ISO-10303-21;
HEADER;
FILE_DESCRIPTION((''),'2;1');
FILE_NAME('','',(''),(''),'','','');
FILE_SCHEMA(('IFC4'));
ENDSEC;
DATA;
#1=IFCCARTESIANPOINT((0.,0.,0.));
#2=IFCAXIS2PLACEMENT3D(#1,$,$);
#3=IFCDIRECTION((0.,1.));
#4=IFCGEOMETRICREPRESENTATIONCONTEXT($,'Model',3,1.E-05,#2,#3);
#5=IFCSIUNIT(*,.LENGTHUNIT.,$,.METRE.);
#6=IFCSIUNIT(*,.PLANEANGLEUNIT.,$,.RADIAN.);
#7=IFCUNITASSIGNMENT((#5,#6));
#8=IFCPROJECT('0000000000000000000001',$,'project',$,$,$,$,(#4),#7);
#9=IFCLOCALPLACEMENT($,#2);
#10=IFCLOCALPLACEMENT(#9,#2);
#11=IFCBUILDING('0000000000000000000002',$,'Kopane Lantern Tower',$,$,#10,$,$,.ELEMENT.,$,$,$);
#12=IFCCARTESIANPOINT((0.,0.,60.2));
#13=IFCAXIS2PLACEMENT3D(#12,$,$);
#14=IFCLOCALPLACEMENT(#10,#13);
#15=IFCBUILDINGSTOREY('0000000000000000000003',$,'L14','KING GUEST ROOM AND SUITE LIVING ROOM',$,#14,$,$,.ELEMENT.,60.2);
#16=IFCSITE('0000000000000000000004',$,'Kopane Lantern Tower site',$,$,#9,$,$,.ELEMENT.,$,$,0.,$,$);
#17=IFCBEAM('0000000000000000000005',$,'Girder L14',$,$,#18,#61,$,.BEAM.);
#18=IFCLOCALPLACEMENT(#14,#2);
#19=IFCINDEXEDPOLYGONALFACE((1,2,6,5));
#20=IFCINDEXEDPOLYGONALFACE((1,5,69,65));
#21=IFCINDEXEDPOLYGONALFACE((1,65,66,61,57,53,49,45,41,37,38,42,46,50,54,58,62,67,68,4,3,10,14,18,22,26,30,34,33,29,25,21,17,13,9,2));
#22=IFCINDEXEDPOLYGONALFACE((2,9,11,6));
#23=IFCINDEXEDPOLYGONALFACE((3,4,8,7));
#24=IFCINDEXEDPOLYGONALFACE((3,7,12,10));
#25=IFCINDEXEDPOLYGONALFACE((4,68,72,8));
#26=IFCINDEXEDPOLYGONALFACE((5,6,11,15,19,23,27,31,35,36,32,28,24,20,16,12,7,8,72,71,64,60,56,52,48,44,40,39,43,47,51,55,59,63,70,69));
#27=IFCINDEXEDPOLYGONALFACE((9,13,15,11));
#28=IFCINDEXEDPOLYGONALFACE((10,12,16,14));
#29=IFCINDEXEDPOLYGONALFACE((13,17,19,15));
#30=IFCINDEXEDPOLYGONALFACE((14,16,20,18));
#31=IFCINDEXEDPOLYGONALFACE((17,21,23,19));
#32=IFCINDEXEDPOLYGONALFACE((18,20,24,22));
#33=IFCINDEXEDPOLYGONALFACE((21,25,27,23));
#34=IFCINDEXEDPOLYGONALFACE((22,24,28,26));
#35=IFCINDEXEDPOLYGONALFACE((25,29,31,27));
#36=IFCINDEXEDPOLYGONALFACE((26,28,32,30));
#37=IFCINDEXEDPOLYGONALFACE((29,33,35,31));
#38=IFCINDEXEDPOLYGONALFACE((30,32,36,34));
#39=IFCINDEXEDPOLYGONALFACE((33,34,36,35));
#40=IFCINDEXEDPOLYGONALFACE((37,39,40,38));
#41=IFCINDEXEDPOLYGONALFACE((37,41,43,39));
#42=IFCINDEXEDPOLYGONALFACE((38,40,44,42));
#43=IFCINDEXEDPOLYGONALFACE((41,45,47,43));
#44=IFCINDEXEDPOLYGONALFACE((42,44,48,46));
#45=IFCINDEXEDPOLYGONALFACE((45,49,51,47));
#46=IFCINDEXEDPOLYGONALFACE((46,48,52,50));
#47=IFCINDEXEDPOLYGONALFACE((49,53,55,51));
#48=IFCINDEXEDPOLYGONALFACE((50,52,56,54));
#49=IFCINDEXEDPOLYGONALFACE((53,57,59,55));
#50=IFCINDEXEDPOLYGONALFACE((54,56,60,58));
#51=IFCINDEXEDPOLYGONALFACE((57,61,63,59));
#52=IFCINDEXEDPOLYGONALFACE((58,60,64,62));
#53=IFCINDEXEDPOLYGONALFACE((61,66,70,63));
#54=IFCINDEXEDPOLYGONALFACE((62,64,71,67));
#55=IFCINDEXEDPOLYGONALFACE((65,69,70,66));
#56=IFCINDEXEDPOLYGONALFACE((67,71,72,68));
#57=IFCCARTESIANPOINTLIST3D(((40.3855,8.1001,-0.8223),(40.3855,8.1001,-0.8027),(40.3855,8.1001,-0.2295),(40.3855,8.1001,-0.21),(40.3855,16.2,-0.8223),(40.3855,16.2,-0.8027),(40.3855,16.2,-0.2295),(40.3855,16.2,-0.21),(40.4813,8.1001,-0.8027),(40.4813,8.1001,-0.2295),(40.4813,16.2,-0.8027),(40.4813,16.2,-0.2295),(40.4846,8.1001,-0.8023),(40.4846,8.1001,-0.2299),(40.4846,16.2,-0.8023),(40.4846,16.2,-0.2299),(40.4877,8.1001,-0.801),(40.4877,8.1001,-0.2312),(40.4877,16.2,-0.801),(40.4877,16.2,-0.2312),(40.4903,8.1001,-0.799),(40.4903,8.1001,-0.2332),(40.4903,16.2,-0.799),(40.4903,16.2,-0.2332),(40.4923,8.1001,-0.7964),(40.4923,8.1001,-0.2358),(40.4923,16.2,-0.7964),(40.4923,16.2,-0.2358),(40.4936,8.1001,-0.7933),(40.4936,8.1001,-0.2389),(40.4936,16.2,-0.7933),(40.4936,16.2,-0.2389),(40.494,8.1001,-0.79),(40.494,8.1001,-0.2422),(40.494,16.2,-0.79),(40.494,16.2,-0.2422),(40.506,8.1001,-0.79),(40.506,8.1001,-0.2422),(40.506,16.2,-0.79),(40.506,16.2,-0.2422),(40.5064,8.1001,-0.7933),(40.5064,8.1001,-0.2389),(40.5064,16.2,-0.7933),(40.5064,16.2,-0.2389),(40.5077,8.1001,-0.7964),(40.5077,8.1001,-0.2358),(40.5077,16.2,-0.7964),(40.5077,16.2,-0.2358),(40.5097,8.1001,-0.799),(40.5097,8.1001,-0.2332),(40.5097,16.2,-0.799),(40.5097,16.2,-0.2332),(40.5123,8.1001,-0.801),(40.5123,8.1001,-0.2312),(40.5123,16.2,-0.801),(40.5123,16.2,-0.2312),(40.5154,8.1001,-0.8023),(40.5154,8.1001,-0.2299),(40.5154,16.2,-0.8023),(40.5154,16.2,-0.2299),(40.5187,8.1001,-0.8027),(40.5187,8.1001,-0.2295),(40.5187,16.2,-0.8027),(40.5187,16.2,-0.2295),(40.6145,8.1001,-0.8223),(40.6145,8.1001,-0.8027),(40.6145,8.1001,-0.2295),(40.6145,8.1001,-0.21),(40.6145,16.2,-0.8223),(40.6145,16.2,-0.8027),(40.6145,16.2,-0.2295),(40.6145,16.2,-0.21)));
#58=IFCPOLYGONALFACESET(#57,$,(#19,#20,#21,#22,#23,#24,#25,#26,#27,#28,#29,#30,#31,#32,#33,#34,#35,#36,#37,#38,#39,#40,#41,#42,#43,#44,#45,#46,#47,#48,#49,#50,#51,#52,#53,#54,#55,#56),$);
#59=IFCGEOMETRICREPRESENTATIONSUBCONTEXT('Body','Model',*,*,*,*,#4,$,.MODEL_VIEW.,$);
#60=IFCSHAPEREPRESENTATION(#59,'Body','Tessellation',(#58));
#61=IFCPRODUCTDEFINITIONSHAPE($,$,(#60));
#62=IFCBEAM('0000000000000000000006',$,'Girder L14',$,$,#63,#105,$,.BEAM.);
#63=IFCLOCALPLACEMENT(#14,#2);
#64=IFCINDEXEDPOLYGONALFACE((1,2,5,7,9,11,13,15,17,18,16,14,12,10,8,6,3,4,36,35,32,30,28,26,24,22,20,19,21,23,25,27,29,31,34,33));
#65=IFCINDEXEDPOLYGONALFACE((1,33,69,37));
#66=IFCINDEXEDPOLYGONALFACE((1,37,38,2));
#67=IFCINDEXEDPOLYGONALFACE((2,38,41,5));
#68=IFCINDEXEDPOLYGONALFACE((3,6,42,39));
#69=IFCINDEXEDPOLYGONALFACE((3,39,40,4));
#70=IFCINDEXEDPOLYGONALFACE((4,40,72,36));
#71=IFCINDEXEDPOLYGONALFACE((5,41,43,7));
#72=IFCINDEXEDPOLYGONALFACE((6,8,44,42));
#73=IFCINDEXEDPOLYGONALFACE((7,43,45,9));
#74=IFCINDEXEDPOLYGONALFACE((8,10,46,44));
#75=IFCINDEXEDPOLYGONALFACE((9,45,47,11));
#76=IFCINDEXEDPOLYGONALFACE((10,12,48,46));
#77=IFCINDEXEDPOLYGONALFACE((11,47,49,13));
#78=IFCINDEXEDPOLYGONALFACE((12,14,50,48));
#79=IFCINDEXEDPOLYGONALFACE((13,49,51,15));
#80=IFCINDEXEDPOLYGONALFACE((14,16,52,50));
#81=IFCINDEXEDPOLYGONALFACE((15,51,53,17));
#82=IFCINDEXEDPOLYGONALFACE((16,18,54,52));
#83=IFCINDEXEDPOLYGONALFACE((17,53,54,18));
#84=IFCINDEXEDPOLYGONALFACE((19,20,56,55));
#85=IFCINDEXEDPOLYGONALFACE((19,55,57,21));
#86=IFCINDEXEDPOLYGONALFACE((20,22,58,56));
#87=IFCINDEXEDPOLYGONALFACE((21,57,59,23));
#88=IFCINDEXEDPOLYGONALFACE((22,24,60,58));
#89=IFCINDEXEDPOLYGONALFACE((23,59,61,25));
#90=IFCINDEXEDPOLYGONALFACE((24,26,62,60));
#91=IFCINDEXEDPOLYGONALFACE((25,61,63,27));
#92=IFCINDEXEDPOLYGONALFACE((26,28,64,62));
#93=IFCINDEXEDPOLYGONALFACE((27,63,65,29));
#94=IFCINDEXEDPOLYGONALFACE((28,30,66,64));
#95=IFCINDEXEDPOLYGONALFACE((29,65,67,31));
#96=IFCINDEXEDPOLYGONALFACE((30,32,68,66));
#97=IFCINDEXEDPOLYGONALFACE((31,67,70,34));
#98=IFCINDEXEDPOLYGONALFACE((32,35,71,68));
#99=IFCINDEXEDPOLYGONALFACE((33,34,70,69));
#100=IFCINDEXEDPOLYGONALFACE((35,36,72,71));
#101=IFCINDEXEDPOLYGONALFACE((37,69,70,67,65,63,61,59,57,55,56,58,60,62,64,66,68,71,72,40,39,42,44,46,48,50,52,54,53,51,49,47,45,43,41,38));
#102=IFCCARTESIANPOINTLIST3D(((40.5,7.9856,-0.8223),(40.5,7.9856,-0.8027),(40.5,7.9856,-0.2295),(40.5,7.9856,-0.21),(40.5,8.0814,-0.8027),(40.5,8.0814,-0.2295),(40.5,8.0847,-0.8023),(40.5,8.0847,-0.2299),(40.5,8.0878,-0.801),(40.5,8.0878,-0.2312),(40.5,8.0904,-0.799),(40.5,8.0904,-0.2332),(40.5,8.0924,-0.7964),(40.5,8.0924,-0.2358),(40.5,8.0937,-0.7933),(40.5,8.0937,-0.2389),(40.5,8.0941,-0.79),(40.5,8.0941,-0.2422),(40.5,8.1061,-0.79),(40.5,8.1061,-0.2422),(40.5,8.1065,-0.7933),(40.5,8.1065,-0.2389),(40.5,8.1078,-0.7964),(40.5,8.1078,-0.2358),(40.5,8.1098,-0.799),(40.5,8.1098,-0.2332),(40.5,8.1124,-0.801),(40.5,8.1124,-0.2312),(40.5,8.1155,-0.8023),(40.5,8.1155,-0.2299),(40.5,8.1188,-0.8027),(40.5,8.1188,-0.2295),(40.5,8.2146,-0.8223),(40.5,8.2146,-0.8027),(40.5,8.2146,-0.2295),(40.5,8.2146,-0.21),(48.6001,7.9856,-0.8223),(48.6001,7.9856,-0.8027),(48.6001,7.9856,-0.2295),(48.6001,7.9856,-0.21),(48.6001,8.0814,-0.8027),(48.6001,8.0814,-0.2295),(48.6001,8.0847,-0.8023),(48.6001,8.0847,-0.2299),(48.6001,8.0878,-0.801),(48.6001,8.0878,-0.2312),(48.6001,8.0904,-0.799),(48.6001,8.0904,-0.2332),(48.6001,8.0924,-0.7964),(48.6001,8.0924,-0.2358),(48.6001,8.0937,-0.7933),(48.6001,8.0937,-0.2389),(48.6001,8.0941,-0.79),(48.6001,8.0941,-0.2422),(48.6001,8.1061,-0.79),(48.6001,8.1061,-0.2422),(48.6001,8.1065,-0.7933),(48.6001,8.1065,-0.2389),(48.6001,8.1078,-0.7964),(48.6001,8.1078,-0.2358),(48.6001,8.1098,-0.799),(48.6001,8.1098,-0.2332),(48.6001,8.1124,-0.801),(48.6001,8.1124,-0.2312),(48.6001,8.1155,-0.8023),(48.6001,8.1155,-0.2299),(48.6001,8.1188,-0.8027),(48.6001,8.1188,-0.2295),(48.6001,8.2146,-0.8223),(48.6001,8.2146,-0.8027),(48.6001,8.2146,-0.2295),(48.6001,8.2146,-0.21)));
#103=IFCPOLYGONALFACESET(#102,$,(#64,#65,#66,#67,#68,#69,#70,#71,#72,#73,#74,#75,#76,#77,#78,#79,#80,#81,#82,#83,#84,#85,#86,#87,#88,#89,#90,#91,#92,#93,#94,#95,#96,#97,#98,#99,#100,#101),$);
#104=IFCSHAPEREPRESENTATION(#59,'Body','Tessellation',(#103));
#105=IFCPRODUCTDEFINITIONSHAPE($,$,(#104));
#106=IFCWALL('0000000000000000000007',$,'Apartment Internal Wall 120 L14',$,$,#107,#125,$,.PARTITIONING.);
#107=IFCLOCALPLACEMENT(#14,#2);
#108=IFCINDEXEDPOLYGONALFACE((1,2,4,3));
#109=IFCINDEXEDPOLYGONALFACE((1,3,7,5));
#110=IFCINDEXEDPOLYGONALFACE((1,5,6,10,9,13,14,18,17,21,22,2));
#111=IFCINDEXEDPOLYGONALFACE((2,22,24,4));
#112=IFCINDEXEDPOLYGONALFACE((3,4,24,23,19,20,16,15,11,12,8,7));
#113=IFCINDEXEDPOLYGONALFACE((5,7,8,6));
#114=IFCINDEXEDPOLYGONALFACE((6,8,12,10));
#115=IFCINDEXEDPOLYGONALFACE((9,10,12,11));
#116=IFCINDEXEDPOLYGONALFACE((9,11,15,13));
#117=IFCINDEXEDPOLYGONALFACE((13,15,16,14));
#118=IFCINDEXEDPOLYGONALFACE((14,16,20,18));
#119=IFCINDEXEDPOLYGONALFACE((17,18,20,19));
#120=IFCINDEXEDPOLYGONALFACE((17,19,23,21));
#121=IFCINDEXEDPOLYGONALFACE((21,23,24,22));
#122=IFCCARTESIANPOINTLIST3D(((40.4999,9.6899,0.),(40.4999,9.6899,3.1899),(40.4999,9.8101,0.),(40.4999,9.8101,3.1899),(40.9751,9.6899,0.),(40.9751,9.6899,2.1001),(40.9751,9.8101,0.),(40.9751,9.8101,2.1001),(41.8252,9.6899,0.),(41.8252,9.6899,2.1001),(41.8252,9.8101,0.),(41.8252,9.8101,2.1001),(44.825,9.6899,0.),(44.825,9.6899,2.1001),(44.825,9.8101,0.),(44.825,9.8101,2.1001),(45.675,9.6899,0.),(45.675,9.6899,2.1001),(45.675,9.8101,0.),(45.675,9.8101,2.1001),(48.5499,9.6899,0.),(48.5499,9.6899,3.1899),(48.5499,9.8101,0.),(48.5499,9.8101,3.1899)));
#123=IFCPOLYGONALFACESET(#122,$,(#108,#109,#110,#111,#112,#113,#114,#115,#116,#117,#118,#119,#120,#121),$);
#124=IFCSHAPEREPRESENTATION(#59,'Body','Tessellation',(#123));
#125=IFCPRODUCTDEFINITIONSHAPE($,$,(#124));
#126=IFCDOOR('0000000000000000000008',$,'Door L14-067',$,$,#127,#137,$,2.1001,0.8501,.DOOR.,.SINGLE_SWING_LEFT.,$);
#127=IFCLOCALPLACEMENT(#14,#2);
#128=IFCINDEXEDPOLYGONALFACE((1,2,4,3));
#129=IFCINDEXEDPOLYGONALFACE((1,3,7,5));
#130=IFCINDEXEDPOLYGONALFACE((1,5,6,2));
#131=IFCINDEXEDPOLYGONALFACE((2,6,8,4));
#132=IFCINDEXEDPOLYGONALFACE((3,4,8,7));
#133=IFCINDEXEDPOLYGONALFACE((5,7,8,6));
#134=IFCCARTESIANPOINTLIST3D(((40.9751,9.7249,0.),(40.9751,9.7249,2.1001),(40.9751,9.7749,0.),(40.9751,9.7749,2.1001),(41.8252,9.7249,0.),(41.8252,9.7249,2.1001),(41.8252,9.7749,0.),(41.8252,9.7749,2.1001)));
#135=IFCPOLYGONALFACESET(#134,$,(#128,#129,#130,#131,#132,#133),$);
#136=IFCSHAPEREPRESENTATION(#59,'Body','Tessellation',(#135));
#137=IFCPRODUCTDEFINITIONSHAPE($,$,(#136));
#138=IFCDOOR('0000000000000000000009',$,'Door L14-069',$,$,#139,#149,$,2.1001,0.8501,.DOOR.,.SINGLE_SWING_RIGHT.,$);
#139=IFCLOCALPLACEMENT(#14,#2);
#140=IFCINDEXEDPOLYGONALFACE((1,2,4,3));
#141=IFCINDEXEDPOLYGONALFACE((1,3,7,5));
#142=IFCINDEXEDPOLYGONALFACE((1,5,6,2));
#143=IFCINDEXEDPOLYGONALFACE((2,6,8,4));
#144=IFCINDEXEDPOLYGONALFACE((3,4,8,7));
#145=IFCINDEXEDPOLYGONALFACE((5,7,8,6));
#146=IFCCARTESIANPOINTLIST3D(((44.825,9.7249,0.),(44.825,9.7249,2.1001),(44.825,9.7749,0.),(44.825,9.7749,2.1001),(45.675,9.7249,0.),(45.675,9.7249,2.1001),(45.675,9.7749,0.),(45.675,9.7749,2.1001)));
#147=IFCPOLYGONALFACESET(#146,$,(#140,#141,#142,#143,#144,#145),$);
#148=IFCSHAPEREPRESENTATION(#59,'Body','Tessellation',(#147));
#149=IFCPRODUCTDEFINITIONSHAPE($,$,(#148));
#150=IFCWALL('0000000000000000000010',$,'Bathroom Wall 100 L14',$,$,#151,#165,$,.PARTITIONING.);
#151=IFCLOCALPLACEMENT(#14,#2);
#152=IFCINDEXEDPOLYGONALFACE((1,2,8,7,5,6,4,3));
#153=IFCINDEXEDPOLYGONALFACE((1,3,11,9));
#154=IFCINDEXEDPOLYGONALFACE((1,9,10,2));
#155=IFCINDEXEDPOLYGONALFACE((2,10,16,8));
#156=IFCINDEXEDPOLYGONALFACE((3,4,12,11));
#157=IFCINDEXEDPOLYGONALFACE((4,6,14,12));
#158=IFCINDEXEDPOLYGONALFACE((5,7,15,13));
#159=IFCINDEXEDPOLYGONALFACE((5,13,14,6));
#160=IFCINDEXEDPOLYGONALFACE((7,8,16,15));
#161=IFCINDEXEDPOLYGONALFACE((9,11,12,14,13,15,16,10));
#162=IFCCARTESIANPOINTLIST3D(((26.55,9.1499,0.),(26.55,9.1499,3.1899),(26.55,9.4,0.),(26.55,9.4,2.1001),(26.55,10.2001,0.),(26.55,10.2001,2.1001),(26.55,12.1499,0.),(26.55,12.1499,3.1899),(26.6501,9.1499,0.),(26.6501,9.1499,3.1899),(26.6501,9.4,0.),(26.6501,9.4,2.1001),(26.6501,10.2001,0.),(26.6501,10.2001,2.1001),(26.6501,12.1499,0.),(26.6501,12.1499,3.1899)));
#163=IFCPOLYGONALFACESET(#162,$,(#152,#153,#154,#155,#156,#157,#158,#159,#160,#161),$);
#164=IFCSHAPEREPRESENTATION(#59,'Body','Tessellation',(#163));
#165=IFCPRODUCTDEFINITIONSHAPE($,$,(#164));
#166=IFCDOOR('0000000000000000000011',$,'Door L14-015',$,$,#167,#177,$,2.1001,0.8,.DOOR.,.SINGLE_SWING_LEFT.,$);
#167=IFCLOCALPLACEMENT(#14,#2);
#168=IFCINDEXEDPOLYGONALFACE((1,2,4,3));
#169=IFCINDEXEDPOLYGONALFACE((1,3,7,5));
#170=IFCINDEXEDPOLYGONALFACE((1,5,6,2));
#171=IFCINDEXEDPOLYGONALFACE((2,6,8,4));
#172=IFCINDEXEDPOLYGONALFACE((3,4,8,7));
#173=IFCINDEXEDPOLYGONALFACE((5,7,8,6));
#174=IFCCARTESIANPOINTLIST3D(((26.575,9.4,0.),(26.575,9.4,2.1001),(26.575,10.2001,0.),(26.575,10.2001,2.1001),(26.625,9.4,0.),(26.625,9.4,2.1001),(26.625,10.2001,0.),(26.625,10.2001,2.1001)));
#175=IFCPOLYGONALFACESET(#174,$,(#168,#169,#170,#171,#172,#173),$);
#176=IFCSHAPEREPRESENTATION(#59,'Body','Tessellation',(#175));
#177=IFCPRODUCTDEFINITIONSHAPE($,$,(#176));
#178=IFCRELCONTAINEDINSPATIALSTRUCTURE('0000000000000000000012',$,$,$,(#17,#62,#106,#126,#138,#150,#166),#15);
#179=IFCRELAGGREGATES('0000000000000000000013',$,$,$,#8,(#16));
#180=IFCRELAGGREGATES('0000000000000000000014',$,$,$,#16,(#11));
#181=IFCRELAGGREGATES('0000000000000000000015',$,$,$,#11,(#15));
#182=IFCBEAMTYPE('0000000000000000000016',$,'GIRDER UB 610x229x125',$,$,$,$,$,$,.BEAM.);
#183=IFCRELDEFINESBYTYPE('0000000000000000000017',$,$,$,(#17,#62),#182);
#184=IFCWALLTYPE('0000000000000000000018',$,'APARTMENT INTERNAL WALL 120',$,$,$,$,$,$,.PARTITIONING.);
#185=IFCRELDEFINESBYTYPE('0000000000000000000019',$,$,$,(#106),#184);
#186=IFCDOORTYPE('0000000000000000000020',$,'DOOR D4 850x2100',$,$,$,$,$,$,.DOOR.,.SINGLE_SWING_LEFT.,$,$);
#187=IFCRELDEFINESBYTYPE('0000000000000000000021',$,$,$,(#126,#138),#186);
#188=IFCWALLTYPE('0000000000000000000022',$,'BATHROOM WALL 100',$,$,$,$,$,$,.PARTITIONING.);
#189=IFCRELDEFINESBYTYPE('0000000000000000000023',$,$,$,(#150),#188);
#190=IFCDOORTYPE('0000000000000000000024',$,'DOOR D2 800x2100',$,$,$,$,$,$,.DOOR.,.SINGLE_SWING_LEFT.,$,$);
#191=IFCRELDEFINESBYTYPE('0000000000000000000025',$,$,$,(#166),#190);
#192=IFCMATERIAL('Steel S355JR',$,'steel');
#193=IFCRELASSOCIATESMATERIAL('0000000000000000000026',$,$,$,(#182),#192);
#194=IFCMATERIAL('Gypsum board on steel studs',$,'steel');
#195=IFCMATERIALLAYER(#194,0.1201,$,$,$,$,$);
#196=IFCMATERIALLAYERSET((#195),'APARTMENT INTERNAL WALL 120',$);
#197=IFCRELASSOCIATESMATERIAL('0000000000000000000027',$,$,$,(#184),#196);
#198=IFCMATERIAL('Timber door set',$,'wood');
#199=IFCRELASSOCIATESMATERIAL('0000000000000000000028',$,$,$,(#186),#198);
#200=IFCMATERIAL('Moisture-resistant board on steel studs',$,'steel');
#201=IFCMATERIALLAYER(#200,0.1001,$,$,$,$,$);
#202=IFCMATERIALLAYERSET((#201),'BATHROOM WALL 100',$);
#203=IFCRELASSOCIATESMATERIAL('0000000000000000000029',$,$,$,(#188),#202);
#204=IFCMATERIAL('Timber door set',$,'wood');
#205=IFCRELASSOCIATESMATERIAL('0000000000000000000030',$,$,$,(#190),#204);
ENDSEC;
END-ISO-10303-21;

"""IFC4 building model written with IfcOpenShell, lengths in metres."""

from ifc_helpers import new_model, si_unit, direction, frame, frame_2d, origin, origin_2d, place, context, subcontext, project, spatial, rectangle, i_section, extrude, material, layer, layer_set, material_profile, profile_set, type_object, element, fill, save


model = new_model("IFC4")

# Units and contexts
model_context = context("Model", 3, precision=1e-05, world=origin(), true_north=direction((0.0, 1.0)))
body_context = subcontext(model_context, "Body", "Model", "MODEL_VIEW")
ifc_project = project(units=[si_unit("LENGTHUNIT", "METRE"), si_unit("PLANEANGLEUNIT", "RADIAN")], contexts=[model_context])

# Site, building, storey
site_placement = place(None, origin())
site = spatial("IfcSite", under=ifc_project, at=site_placement, Name="Kopane Lantern Tower site", CompositionType="ELEMENT", RefElevation=0.0)
building_placement = place(site_placement, origin())
building = spatial("IfcBuilding", under=site, at=building_placement, Name="Kopane Lantern Tower", CompositionType="ELEMENT")
storey_placement = place(building_placement, frame((0.0, 0.0, 60.2)))
storey = spatial("IfcBuildingStorey", under=building, at=storey_placement, Name="L14", Description="KING GUEST ROOM AND SUITE LIVING ROOM", CompositionType="ELEMENT", Elevation=60.2)

# Beams
ifc_material_1 = material(Name="Steel S355JR", Category="steel")
ifc_material_profile_1 = material_profile(ifc_material_1, i_section(OverallWidth=0.229, OverallDepth=0.6123, WebThickness=0.012, FlangeThickness=0.0195, FilletRadius=0.0127, at=origin_2d()), Name="UB 610x229x125")
ifc_profile_set_1 = profile_set([ifc_material_profile_1], Name="Steel S355JR")
beam_type = type_object("IfcBeamType", Name="GIRDER UB 610x229x125", PredefinedType="BEAM", material=ifc_profile_set_1)
beam_1_placement = place(storey_placement, frame((40.5, 8.1001, -0.5161), z_axis=(0.0, 1.0, 0.0), x_axis=(-1.0, 0.0, 0.0)))
element("IfcBeam", 1, at=beam_1_placement, inside=storey, type_object=beam_type, Name="Girder L14", PredefinedType="BEAM", context=body_context, shape_type="SweptSolid", body=[
    extrude(i_section(OverallWidth=0.229, OverallDepth=0.6123, WebThickness=0.012, FlangeThickness=0.0195, FilletRadius=0.0127, at=origin_2d()), origin(), (0.0, 0.0, 1.0), 8.0999),
])
beam_2_placement = place(storey_placement, frame((40.5, 8.1001, -0.5161), z_axis=(1.0, 0.0, 0.0), x_axis=(0.0, 1.0, 0.0)))
element("IfcBeam", 2, at=beam_2_placement, inside=storey, type_object=beam_type, Name="Girder L14", PredefinedType="BEAM", context=body_context, shape_type="SweptSolid", body=[
    extrude(i_section(OverallWidth=0.229, OverallDepth=0.6123, WebThickness=0.012, FlangeThickness=0.0195, FilletRadius=0.0127, at=origin_2d()), origin(), (0.0, 0.0, 1.0), 8.1001),
])

# Wall, openings, doors
ifc_material_2 = material(Name="Gypsum board on steel studs", Category="steel")
ifc_layer_1 = layer(ifc_material_2, 0.1201)
ifc_layer_set_1 = layer_set([ifc_layer_1], Name="APARTMENT INTERNAL WALL 120")
wall_type_1 = type_object("IfcWallType", Name="APARTMENT INTERNAL WALL 120", PredefinedType="PARTITIONING", material=ifc_layer_set_1)
wall_1_placement = place(storey_placement, frame((40.5, 9.75, 0.0), z_axis=(0.0, 0.0, 1.0), x_axis=(1.0, 0.0, 0.0)))
wall_1 = element("IfcWall", 3, at=wall_1_placement, inside=storey, type_object=wall_type_1, Name="Apartment Internal Wall 120 L14", PredefinedType="PARTITIONING", context=body_context, shape_type="SweptSolid", body=[
    extrude(rectangle(XDim=8.05, YDim=0.1201, at=frame_2d((4.0249, 0.0))), origin(), (0.0, 0.0, 1.0), 3.1899),
])
opening_1_placement = place(wall_1_placement, frame((0.4751, 0.0, 0.0)))
opening_1 = element("IfcOpeningElement", 4, at=opening_1_placement, cuts=wall_1, PredefinedType="OPENING", context=body_context, shape_type="SweptSolid", body=[
    extrude(rectangle(XDim=0.8501, YDim=2.1001, at=frame_2d((0.425, 1.05))), frame((0.0, 0.0701, 0.0), z_axis=(0.0, -1.0, 0.0), x_axis=(1.0, 0.0, 0.0)), (0.0, 0.0, 1.0), 0.1401),
])
opening_2_placement = place(wall_1_placement, frame((4.325, 0.0, 0.0)))
opening_2 = element("IfcOpeningElement", 5, at=opening_2_placement, cuts=wall_1, PredefinedType="OPENING", context=body_context, shape_type="SweptSolid", body=[
    extrude(rectangle(XDim=0.8501, YDim=2.1001, at=frame_2d((0.425, 1.05))), frame((0.0, 0.0701, 0.0), z_axis=(0.0, -1.0, 0.0), x_axis=(1.0, 0.0, 0.0)), (0.0, 0.0, 1.0), 0.1401),
])
ifc_material_3 = material(Name="Timber door set", Category="wood")
door_type_1 = type_object("IfcDoorType", Name="DOOR D4 850x2100", OperationType="SINGLE_SWING_LEFT", PredefinedType="DOOR", material=ifc_material_3)
door_1_placement = place(opening_1_placement, origin())
door_1 = element("IfcDoor", 6, at=door_1_placement, inside=storey, type_object=door_type_1, Name="Door L14-067", OperationType="SINGLE_SWING_LEFT", OverallHeight=2.1001, OverallWidth=0.8501, PredefinedType="DOOR", context=body_context, shape_type="SweptSolid", body=[
    extrude(rectangle(XDim=0.8501, YDim=2.1001, at=frame_2d((0.425, 1.05))), frame((0.0, 0.0249, 0.0), z_axis=(0.0, -1.0, 0.0), x_axis=(1.0, 0.0, 0.0)), (0.0, 0.0, 1.0), 0.05),
])
fill(opening_1, door_1)
door_2_placement = place(opening_2_placement, origin())
door_2 = element("IfcDoor", 7, at=door_2_placement, inside=storey, type_object=door_type_1, Name="Door L14-069", OperationType="SINGLE_SWING_RIGHT", OverallHeight=2.1001, OverallWidth=0.8501, PredefinedType="DOOR", context=body_context, shape_type="SweptSolid", body=[
    extrude(rectangle(XDim=0.8501, YDim=2.1001, at=frame_2d((0.425, 1.05))), frame((0.0, 0.0249, 0.0), z_axis=(0.0, -1.0, 0.0), x_axis=(1.0, 0.0, 0.0)), (0.0, 0.0, 1.0), 0.05),
])
fill(opening_2, door_2)

# Wall, opening, door
ifc_material_4 = material(Name="Moisture-resistant board on steel studs", Category="steel")
ifc_layer_2 = layer(ifc_material_4, 0.1001)
ifc_layer_set_2 = layer_set([ifc_layer_2], Name="BATHROOM WALL 100")
wall_type_2 = type_object("IfcWallType", Name="BATHROOM WALL 100", PredefinedType="PARTITIONING", material=ifc_layer_set_2)
wall_2_placement = place(storey_placement, frame((26.6001, 12.1499, 0.0), z_axis=(0.0, 0.0, 1.0), x_axis=(0.0, -1.0, 0.0)))
wall_2 = element("IfcWall", 8, at=wall_2_placement, inside=storey, type_object=wall_type_2, Name="Bathroom Wall 100 L14", PredefinedType="PARTITIONING", context=body_context, shape_type="SweptSolid", body=[
    extrude(rectangle(XDim=3.0, YDim=0.1001, at=frame_2d((1.5, 0.0))), origin(), (0.0, 0.0, 1.0), 3.1899),
])
opening_3_placement = place(wall_2_placement, frame((1.95, 0.0, 0.0)))
opening_3 = element("IfcOpeningElement", 9, at=opening_3_placement, cuts=wall_2, PredefinedType="OPENING", context=body_context, shape_type="SweptSolid", body=[
    extrude(rectangle(XDim=0.8, YDim=2.1001, at=frame_2d((0.3999, 1.05))), frame((0.0, 0.0601, 0.0), z_axis=(0.0, -1.0, 0.0), x_axis=(1.0, 0.0, 0.0)), (0.0, 0.0, 1.0), 0.1201),
])
ifc_material_5 = material(Name="Timber door set", Category="wood")
door_type_2 = type_object("IfcDoorType", Name="DOOR D2 800x2100", OperationType="SINGLE_SWING_LEFT", PredefinedType="DOOR", material=ifc_material_5)
door_3_placement = place(opening_3_placement, origin())
door_3 = element("IfcDoor", 10, at=door_3_placement, inside=storey, type_object=door_type_2, Name="Door L14-015", OperationType="SINGLE_SWING_LEFT", OverallHeight=2.1001, OverallWidth=0.8, PredefinedType="DOOR", context=body_context, shape_type="SweptSolid", body=[
    extrude(rectangle(XDim=0.8, YDim=2.1001, at=frame_2d((0.3999, 1.05))), frame((0.0, 0.0249, 0.0), z_axis=(0.0, -1.0, 0.0), x_axis=(1.0, 0.0, 0.0)), (0.0, 0.0, 1.0), 0.05),
])
fill(opening_3, door_3)

save(model, "model.ifc")
